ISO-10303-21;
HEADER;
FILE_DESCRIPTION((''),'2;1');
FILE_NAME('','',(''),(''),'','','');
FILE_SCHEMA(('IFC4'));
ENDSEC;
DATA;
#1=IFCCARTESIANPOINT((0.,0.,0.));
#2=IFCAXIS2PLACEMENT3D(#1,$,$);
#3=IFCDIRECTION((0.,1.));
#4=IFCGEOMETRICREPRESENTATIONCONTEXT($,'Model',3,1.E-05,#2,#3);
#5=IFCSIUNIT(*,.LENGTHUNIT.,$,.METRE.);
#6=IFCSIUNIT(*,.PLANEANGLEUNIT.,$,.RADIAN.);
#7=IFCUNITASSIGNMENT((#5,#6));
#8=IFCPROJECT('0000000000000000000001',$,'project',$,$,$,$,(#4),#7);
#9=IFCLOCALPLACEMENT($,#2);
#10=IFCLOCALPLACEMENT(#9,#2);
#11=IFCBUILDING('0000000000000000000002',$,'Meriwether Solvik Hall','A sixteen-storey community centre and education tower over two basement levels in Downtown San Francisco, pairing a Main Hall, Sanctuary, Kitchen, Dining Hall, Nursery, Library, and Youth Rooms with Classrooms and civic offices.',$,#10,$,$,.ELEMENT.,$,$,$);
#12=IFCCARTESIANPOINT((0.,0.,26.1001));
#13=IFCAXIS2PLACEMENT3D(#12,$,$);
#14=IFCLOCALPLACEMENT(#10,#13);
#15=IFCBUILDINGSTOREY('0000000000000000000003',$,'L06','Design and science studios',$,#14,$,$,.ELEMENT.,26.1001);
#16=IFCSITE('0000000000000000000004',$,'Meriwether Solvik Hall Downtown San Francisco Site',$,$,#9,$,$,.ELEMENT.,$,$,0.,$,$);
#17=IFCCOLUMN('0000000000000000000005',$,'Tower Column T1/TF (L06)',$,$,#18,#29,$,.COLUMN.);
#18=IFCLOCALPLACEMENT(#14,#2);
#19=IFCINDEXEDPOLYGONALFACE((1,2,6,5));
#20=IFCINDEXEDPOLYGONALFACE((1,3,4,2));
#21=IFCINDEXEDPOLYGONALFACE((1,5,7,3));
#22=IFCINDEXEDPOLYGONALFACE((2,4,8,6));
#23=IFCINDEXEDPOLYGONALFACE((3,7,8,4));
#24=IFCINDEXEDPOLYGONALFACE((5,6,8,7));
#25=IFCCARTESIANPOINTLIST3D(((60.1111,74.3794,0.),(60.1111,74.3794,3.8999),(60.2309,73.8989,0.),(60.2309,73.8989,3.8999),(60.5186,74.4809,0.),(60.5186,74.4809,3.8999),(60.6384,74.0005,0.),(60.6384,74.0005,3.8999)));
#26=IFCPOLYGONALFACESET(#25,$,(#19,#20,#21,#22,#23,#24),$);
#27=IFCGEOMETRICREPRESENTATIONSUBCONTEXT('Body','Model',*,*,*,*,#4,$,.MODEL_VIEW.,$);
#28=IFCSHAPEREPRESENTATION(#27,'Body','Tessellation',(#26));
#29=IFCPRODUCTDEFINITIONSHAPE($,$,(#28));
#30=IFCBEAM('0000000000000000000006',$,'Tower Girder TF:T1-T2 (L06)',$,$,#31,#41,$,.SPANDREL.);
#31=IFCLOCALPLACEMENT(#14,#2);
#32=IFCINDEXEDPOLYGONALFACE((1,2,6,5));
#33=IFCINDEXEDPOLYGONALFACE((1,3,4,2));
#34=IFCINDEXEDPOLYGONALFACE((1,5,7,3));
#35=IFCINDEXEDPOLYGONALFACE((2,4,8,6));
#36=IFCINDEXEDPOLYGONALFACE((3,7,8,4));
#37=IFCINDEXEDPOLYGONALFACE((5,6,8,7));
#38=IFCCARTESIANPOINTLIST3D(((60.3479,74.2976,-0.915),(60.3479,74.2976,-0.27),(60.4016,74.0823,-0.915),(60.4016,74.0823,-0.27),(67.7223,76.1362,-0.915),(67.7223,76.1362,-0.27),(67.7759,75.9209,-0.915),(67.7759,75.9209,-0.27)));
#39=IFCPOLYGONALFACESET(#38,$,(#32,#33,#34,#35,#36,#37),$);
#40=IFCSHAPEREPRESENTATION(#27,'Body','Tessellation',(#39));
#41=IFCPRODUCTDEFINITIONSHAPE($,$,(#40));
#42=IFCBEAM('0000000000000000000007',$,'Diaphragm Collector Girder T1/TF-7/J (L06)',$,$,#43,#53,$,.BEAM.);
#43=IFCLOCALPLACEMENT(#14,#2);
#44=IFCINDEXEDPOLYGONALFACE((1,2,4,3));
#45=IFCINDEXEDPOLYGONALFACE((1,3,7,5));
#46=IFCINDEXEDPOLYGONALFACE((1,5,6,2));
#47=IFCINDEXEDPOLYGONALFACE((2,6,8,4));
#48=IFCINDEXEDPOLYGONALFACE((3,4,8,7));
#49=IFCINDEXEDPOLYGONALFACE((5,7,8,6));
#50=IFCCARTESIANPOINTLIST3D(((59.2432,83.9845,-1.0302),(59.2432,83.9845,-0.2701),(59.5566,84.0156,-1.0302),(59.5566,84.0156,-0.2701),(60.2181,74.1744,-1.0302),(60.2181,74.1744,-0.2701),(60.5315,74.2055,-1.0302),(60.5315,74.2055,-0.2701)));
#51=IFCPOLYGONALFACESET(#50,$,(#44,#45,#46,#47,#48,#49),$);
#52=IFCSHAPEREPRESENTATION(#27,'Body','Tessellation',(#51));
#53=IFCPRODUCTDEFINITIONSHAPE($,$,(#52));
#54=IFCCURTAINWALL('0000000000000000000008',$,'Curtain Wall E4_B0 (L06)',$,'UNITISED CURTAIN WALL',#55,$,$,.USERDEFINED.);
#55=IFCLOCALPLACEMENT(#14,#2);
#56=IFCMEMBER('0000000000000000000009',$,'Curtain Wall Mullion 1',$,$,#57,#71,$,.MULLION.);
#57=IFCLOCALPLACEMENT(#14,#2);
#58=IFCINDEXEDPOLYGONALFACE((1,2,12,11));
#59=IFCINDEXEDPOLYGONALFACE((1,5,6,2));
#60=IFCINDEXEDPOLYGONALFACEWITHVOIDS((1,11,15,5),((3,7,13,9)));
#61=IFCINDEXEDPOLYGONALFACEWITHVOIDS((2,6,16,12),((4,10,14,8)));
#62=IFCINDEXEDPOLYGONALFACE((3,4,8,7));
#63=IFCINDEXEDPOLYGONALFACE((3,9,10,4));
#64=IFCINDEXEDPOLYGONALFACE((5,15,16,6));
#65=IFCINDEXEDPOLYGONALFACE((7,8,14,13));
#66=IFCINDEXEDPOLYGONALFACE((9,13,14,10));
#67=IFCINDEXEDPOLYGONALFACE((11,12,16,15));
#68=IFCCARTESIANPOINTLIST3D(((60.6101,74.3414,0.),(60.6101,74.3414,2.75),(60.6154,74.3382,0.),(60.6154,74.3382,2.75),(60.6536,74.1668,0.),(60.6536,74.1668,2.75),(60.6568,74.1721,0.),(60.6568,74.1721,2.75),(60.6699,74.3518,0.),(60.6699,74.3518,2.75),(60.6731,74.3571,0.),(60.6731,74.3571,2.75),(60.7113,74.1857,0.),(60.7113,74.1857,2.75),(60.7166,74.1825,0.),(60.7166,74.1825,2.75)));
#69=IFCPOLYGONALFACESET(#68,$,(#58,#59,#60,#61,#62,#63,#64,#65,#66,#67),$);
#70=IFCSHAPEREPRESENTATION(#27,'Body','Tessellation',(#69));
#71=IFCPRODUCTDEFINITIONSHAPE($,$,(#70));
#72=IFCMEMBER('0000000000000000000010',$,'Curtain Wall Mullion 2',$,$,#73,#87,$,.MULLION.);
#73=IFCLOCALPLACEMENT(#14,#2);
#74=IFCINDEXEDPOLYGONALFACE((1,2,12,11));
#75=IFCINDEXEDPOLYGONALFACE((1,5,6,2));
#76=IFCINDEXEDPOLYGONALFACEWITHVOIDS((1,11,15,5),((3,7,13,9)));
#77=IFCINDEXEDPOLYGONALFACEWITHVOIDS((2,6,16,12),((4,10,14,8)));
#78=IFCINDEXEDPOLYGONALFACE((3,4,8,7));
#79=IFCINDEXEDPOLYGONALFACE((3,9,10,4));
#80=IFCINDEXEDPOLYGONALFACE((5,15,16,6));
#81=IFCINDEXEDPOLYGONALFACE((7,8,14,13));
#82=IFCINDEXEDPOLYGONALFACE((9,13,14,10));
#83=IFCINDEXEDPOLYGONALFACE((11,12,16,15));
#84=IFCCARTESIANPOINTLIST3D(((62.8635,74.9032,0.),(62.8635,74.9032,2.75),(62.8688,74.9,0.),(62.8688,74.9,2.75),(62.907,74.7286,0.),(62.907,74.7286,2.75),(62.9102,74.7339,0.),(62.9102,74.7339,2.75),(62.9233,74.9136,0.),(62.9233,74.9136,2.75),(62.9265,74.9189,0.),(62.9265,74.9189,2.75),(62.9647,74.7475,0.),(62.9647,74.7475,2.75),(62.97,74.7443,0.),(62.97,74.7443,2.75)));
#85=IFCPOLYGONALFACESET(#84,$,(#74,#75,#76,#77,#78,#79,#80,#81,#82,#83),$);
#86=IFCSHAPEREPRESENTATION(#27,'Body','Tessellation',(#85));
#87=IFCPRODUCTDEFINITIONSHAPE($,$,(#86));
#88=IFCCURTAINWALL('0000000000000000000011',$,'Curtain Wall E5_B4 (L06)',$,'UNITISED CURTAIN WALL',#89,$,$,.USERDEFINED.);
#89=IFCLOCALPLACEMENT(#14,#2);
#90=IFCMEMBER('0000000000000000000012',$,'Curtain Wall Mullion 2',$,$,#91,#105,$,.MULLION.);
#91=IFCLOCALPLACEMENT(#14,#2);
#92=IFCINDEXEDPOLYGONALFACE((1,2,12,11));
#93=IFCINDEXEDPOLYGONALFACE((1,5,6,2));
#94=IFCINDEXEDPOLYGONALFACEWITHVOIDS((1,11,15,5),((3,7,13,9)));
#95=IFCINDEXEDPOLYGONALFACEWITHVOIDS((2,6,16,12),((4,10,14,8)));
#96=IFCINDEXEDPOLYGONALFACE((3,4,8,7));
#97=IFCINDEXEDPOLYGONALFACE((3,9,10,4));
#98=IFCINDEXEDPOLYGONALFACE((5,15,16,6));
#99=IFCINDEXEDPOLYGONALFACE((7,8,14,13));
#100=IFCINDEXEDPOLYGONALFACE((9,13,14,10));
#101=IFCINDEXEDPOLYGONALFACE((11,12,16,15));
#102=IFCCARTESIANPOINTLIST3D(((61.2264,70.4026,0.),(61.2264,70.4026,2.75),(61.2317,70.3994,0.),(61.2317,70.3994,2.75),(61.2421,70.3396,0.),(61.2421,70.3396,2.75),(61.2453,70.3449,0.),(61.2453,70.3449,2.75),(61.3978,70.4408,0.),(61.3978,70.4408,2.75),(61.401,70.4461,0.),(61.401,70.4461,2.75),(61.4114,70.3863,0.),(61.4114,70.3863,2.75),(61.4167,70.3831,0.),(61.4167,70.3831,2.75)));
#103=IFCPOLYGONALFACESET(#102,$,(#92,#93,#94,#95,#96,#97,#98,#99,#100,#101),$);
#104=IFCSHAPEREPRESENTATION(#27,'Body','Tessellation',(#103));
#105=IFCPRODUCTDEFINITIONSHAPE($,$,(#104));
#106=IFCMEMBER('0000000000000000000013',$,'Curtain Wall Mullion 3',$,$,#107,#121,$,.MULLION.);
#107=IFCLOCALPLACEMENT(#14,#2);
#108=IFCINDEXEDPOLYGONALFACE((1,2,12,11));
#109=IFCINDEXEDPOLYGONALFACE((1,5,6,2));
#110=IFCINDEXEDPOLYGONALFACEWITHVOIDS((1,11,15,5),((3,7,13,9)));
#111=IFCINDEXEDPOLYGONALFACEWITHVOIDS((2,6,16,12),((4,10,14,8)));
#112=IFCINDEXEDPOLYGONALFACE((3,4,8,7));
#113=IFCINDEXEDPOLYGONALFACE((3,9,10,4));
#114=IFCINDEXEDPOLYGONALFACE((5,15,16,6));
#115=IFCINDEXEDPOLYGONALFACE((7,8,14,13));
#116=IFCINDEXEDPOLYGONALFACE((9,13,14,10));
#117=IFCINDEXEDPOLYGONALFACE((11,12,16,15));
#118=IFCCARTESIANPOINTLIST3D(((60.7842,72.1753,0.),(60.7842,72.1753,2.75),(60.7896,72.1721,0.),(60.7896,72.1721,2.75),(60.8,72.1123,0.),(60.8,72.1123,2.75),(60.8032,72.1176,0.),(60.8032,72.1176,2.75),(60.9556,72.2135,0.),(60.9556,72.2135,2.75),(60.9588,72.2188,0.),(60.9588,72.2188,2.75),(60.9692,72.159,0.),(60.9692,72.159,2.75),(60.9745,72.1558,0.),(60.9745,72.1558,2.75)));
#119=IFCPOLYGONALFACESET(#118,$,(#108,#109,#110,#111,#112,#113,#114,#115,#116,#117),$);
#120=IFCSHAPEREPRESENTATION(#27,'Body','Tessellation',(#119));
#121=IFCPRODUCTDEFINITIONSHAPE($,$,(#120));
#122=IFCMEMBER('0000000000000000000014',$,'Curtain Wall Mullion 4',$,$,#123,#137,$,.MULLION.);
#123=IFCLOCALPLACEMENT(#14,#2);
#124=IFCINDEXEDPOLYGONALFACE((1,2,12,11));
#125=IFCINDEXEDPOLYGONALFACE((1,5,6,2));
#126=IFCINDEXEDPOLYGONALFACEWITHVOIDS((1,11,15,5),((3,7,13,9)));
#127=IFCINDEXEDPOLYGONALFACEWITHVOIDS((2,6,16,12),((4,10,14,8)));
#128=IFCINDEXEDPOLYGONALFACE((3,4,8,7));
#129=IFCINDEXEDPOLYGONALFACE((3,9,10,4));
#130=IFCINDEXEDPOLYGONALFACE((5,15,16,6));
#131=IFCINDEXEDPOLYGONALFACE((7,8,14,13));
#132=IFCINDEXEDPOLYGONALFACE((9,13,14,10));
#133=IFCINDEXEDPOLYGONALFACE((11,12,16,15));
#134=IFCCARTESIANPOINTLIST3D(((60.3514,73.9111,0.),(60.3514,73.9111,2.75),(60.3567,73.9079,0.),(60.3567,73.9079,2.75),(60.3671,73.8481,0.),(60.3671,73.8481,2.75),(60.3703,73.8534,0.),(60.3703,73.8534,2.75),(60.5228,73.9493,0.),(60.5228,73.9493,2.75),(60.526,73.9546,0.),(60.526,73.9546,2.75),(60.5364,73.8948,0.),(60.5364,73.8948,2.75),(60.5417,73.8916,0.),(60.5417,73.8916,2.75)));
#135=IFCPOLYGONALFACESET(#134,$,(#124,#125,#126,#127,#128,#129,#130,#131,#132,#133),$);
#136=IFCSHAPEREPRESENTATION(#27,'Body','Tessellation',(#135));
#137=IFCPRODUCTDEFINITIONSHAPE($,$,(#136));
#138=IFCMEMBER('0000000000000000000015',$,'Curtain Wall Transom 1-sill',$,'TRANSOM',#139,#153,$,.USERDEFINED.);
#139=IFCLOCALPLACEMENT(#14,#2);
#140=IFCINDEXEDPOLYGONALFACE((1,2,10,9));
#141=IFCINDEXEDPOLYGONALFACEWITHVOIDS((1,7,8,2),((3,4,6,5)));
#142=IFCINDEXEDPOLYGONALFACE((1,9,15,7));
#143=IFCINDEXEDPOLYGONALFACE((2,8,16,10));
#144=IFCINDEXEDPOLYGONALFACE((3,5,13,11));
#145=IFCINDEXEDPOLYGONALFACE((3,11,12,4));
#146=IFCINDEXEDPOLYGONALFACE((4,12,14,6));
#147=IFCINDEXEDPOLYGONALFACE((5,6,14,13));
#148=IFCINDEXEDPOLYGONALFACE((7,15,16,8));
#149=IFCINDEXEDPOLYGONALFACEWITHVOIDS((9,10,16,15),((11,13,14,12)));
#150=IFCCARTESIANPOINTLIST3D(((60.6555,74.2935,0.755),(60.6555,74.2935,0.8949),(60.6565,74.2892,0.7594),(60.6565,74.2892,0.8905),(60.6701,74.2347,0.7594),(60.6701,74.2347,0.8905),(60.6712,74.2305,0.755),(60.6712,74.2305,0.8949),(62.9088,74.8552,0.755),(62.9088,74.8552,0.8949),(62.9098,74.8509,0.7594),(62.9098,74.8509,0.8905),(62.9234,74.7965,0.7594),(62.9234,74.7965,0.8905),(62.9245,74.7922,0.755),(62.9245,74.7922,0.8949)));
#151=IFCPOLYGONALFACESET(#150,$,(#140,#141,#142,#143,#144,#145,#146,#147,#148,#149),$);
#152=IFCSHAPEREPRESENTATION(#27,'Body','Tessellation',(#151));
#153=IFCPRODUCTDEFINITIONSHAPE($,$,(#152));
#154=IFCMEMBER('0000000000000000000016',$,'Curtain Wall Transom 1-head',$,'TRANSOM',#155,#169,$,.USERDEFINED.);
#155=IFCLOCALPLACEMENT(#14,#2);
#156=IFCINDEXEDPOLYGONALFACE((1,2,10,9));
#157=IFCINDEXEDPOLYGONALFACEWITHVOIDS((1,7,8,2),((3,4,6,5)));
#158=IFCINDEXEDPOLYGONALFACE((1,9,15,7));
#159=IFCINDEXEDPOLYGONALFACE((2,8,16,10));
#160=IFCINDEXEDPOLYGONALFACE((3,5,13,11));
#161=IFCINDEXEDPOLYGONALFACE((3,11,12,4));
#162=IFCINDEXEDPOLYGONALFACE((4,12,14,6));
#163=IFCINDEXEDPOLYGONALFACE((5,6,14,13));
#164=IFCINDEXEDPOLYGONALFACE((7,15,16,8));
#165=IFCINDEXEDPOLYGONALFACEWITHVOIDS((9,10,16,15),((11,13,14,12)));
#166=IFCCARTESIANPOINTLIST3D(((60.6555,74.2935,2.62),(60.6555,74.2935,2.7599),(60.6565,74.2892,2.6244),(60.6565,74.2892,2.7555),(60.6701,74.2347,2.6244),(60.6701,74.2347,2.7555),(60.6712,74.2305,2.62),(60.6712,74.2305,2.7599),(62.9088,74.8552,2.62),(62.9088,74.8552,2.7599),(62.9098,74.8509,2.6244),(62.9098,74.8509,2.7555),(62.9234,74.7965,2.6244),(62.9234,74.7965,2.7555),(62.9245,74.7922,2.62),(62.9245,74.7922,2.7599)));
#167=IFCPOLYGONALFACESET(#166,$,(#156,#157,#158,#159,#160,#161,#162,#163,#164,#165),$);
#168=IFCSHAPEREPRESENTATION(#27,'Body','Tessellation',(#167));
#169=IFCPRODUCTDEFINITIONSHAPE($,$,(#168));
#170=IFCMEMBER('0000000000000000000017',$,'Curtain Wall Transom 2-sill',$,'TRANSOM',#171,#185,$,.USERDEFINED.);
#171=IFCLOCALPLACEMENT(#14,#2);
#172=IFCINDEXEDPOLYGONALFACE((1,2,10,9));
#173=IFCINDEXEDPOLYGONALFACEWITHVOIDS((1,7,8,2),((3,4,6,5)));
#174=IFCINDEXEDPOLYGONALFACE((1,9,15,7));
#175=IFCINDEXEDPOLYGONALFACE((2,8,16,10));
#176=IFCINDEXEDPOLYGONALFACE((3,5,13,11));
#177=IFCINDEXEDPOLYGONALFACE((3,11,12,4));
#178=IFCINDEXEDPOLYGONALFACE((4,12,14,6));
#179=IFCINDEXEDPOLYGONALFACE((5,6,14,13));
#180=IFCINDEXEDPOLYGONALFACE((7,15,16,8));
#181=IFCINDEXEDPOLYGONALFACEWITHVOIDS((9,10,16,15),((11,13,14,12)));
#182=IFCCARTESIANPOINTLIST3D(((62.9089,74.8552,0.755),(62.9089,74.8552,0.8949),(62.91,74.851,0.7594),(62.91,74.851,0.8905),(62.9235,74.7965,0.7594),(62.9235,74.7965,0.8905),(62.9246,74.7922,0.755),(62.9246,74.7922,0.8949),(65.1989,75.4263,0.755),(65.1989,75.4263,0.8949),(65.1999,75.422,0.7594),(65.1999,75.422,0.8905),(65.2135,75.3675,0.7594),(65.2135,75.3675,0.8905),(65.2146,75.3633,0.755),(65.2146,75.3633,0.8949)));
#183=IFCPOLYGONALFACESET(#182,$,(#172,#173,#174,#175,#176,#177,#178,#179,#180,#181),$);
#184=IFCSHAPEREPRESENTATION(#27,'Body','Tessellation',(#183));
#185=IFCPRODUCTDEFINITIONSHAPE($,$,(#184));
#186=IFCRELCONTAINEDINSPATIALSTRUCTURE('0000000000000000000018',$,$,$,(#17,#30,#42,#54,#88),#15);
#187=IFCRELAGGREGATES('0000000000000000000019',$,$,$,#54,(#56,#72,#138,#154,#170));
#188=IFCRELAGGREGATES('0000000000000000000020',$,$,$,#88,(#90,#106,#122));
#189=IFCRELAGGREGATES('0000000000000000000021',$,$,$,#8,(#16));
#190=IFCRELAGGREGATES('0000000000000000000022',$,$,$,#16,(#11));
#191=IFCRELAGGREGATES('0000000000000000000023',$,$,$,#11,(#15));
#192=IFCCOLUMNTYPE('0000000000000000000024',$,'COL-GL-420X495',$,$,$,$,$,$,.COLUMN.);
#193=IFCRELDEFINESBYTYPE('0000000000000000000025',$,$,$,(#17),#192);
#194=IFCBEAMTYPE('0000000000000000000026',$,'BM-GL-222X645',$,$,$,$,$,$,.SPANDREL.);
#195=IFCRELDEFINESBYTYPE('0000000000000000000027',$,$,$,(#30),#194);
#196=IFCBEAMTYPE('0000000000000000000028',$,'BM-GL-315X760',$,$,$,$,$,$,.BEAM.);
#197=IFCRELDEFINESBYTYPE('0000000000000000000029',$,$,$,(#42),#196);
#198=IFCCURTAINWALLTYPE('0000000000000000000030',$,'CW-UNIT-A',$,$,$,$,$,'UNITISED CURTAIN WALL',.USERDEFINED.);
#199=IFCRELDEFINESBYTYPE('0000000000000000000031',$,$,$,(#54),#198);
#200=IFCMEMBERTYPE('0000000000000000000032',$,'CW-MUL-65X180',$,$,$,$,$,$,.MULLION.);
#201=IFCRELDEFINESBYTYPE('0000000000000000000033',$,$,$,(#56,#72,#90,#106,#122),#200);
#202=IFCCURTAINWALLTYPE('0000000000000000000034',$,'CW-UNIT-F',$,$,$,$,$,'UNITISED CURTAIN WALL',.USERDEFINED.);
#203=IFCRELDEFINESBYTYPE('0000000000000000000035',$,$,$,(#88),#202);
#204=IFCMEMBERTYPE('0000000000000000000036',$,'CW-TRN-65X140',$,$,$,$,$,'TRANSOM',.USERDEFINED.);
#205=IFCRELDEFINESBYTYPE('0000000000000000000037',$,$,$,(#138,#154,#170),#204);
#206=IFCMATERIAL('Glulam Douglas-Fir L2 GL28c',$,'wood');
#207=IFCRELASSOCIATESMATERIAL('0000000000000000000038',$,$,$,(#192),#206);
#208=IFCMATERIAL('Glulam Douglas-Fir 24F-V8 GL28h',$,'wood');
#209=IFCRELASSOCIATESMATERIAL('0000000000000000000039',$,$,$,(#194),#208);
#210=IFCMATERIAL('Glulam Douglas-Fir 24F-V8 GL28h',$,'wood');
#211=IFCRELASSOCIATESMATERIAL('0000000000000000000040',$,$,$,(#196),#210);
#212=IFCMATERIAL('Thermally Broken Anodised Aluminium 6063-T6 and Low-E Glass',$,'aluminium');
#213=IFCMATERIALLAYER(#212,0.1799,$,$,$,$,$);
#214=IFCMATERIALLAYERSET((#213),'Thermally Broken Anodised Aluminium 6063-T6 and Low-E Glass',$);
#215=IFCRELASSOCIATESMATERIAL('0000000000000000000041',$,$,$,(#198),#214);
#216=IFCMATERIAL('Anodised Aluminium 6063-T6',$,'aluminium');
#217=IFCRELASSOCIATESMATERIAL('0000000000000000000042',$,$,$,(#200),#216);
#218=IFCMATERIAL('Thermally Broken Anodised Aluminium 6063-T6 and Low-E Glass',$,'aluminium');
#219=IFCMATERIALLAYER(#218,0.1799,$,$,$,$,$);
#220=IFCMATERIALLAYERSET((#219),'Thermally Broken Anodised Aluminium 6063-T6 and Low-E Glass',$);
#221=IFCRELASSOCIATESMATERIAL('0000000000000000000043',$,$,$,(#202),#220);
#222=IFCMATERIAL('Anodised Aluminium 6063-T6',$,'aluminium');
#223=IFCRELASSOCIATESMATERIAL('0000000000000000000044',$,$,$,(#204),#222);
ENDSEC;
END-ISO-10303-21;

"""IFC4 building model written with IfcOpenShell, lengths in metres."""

from ifc_helpers import new_model, si_unit, direction, frame, origin, origin_2d, place, context, subcontext, project, spatial, rectangle, hollow_rectangle, extrude, material, layer, layer_set, material_profile, profile_set, type_object, element, aggregate, save


model = new_model("IFC4")

# Units and contexts
model_context = context("Model", 3, precision=1e-05, world=origin(), true_north=direction((0.0, 1.0)))
body_context = subcontext(model_context, "Body", "Model", "MODEL_VIEW")
ifc_project = project(units=[si_unit("LENGTHUNIT", "METRE"), si_unit("PLANEANGLEUNIT", "RADIAN")], contexts=[model_context])

# Site, building, storey
site_placement = place(None, origin())
site = spatial("IfcSite", under=ifc_project, at=site_placement, Name="Meriwether Solvik Hall Downtown San Francisco Site", CompositionType="ELEMENT", RefElevation=0.0)
building_placement = place(site_placement, origin())
building = spatial("IfcBuilding", under=site, at=building_placement, Name="Meriwether Solvik Hall", Description="A sixteen-storey community centre and education tower over two basement levels in Downtown San Francisco, pairing a Main Hall, Sanctuary, Kitchen, Dining Hall, Nursery, Library, and Youth Rooms with Classrooms and civic offices.", CompositionType="ELEMENT")
storey_placement = place(building_placement, frame((0.0, 0.0, 26.1001)))
storey = spatial("IfcBuildingStorey", under=building, at=storey_placement, Name="L06", Description="Design and science studios", CompositionType="ELEMENT", Elevation=26.1001)

# Column
ifc_material_1 = material(Name="Glulam Douglas-Fir L2 GL28c", Category="wood")
ifc_material_profile_1 = material_profile(ifc_material_1, rectangle(XDim=0.4199, YDim=0.4951, at=origin_2d()), Name="GLC-420X495")
ifc_profile_set_1 = profile_set([ifc_material_profile_1], Name="Glulam Douglas-Fir L2 GL28c")
column_type = type_object("IfcColumnType", Name="COL-GL-420X495", PredefinedType="COLUMN", material=ifc_profile_set_1)
column_placement = place(storey_placement, frame((60.3748, 74.1899, 0.0), z_axis=(0.0, 0.0, 1.0), x_axis=(0.970296, 0.241922, 0.0)))
element("IfcColumn", 1, at=column_placement, inside=storey, type_object=column_type, Name="Tower Column T1/TF (L06)", PredefinedType="COLUMN", context=body_context, shape_type="SweptSolid", body=[
    extrude(rectangle(XDim=0.4199, YDim=0.4951, at=origin_2d()), origin(), (0.0, 0.0, 1.0), 3.8999),
])

# Beams
ifc_material_2 = material(Name="Glulam Douglas-Fir 24F-V8 GL28h", Category="wood")
ifc_material_profile_2 = material_profile(ifc_material_2, rectangle(XDim=0.2219, YDim=0.645, at=origin_2d()), Name="GLB-222X645")
ifc_profile_set_2 = profile_set([ifc_material_profile_2], Name="Glulam Douglas-Fir 24F-V8 GL28h")
beam_type_1 = type_object("IfcBeamType", Name="BM-GL-222X645", PredefinedType="SPANDREL", material=ifc_profile_set_2)
beam_1_placement = place(storey_placement, frame((60.3748, 74.1899, -0.5925), z_axis=(0.970295, 0.241923, 0.0), x_axis=(-0.241923, 0.970295, 0.0)))
element("IfcBeam", 2, at=beam_1_placement, inside=storey, type_object=beam_type_1, Name="Tower Girder TF:T1-T2 (L06)", PredefinedType="SPANDREL", context=body_context, shape_type="SweptSolid", body=[
    extrude(rectangle(XDim=0.2219, YDim=0.645, at=origin_2d()), origin(), (0.0, 0.0, 1.0), 7.6001),
])
ifc_material_3 = material(Name="Glulam Douglas-Fir 24F-V8 GL28h", Category="wood")
ifc_material_profile_3 = material_profile(ifc_material_3, rectangle(XDim=0.3149, YDim=0.76, at=origin_2d()), Name="GLB-315X760")
ifc_profile_set_3 = profile_set([ifc_material_profile_3], Name="Glulam Douglas-Fir 24F-V8 GL28h")
beam_type_2 = type_object("IfcBeamType", Name="BM-GL-315X760", PredefinedType="BEAM", material=ifc_profile_set_3)
beam_2_placement = place(storey_placement, frame((60.3748, 74.1899, -0.6501), z_axis=(-0.098886, 0.995099, 0.0), x_axis=(-0.995099, -0.098886, 0.0)))
element("IfcBeam", 3, at=beam_2_placement, inside=storey, type_object=beam_type_2, Name="Diaphragm Collector Girder T1/TF-7/J (L06)", PredefinedType="BEAM", context=body_context, shape_type="SweptSolid", body=[
    extrude(rectangle(XDim=0.3149, YDim=0.76, at=origin_2d()), origin(), (0.0, 0.0, 1.0), 9.8584),
])

# Curtain walls, members
ifc_material_4 = material(Name="Thermally Broken Anodised Aluminium 6063-T6 and Low-E Glass", Category="aluminium")
ifc_layer_1 = layer(ifc_material_4, 0.1799)
ifc_layer_set_1 = layer_set([ifc_layer_1], Name="Thermally Broken Anodised Aluminium 6063-T6 and Low-E Glass")
curtain_wall_type_1 = type_object("IfcCurtainWallType", Name="CW-UNIT-A", ElementType="UNITISED CURTAIN WALL", PredefinedType="USERDEFINED", material=ifc_layer_set_1)
curtain_wall_1_placement = place(storey_placement, origin())
curtain_wall_1 = element("IfcCurtainWall", 4, at=curtain_wall_1_placement, inside=storey, type_object=curtain_wall_type_1, Name="Curtain Wall E4_B0 (L06)", ObjectType="UNITISED CURTAIN WALL", PredefinedType="USERDEFINED")
ifc_material_5 = material(Name="Anodised Aluminium 6063-T6", Category="aluminium")
ifc_material_profile_4 = material_profile(ifc_material_5, hollow_rectangle(XDim=0.0649, YDim=0.1799, WallThickness=0.0044, at=origin_2d()), Name="CWM-65X180")
ifc_profile_set_4 = profile_set([ifc_material_profile_4], Name="Anodised Aluminium 6063-T6")
member_type_1 = type_object("IfcMemberType", Name="CW-MUL-65X180", PredefinedType="MULLION", material=ifc_profile_set_4)
member_1_placement = place(storey_placement, frame((60.6633, 74.262, 0.0), z_axis=(0.0, 0.0, 1.0), x_axis=(0.970296, 0.241922, 0.0)))
member_1 = element("IfcMember", 5, at=member_1_placement, type_object=member_type_1, Name="Curtain Wall Mullion 1", PredefinedType="MULLION", context=body_context, shape_type="SweptSolid", body=[
    extrude(hollow_rectangle(XDim=0.0649, YDim=0.1799, WallThickness=0.0044, at=origin_2d()), origin(), (0.0, 0.0, 1.0), 2.75),
])
member_2_placement = place(storey_placement, frame((62.9167, 74.8237, 0.0), z_axis=(0.0, 0.0, 1.0), x_axis=(0.970296, 0.241922, 0.0)))
member_2 = element("IfcMember", 6, at=member_2_placement, type_object=member_type_1, Name="Curtain Wall Mullion 2", PredefinedType="MULLION", context=body_context, shape_type="SweptSolid", body=[
    extrude(hollow_rectangle(XDim=0.0649, YDim=0.1799, WallThickness=0.0044, at=origin_2d()), origin(), (0.0, 0.0, 1.0), 2.75),
])
ifc_material_6 = material(Name="Thermally Broken Anodised Aluminium 6063-T6 and Low-E Glass", Category="aluminium")
ifc_layer_2 = layer(ifc_material_6, 0.1799)
ifc_layer_set_2 = layer_set([ifc_layer_2], Name="Thermally Broken Anodised Aluminium 6063-T6 and Low-E Glass")
curtain_wall_type_2 = type_object("IfcCurtainWallType", Name="CW-UNIT-F", ElementType="UNITISED CURTAIN WALL", PredefinedType="USERDEFINED", material=ifc_layer_set_2)
curtain_wall_2_placement = place(storey_placement, origin())
curtain_wall_2 = element("IfcCurtainWall", 7, at=curtain_wall_2_placement, inside=storey, type_object=curtain_wall_type_2, Name="Curtain Wall E5_B4 (L06)", ObjectType="UNITISED CURTAIN WALL", PredefinedType="USERDEFINED")
member_3_placement = place(storey_placement, frame((61.3215, 70.3928, 0.0), z_axis=(0.0, 0.0, 1.0), x_axis=(-0.241922, 0.970296, 0.0)))
member_3 = element("IfcMember", 8, at=member_3_placement, type_object=member_type_1, Name="Curtain Wall Mullion 2", PredefinedType="MULLION", context=body_context, shape_type="SweptSolid", body=[
    extrude(hollow_rectangle(XDim=0.0649, YDim=0.1799, WallThickness=0.0044, at=origin_2d()), origin(), (0.0, 0.0, 1.0), 2.75),
])
member_4_placement = place(storey_placement, frame((60.8794, 72.1655, 0.0), z_axis=(0.0, 0.0, 1.0), x_axis=(-0.241922, 0.970296, 0.0)))
member_4 = element("IfcMember", 9, at=member_4_placement, type_object=member_type_1, Name="Curtain Wall Mullion 3", PredefinedType="MULLION", context=body_context, shape_type="SweptSolid", body=[
    extrude(hollow_rectangle(XDim=0.0649, YDim=0.1799, WallThickness=0.0044, at=origin_2d()), origin(), (0.0, 0.0, 1.0), 2.75),
])
member_5_placement = place(storey_placement, frame((60.4465, 73.9014, 0.0), z_axis=(0.0, 0.0, 1.0), x_axis=(-0.241922, 0.970296, 0.0)))
member_5 = element("IfcMember", 10, at=member_5_placement, type_object=member_type_1, Name="Curtain Wall Mullion 4", PredefinedType="MULLION", context=body_context, shape_type="SweptSolid", body=[
    extrude(hollow_rectangle(XDim=0.0649, YDim=0.1799, WallThickness=0.0044, at=origin_2d()), origin(), (0.0, 0.0, 1.0), 2.75),
])

# Members
ifc_material_7 = material(Name="Anodised Aluminium 6063-T6", Category="aluminium")
ifc_material_profile_5 = material_profile(ifc_material_7, hollow_rectangle(XDim=0.0649, YDim=0.1399, WallThickness=0.0044, at=origin_2d()), Name="CWT-65X140")
ifc_profile_set_5 = profile_set([ifc_material_profile_5], Name="Anodised Aluminium 6063-T6")
member_type_2 = type_object("IfcMemberType", Name="CW-TRN-65X140", ElementType="TRANSOM", PredefinedType="USERDEFINED", material=ifc_profile_set_5)
member_6_placement = place(storey_placement, frame((60.6633, 74.262, 0.825), z_axis=(0.970303, 0.241892, 0.0), x_axis=(-0.241892, 0.970303, 0.0)))
member_6 = element("IfcMember", 11, at=member_6_placement, type_object=member_type_2, Name="Curtain Wall Transom 1-sill", ObjectType="TRANSOM", PredefinedType="USERDEFINED", context=body_context, shape_type="SweptSolid", body=[
    extrude(hollow_rectangle(XDim=0.0649, YDim=0.1399, WallThickness=0.0044, at=origin_2d()), origin(), (0.0, 0.0, 1.0), 2.3223),
])
member_7_placement = place(storey_placement, frame((60.6633, 74.262, 2.6899), z_axis=(0.970303, 0.241892, 0.0), x_axis=(-0.241892, 0.970303, 0.0)))
member_7 = element("IfcMember", 12, at=member_7_placement, type_object=member_type_2, Name="Curtain Wall Transom 1-head", ObjectType="TRANSOM", PredefinedType="USERDEFINED", context=body_context, shape_type="SweptSolid", body=[
    extrude(hollow_rectangle(XDim=0.0649, YDim=0.1399, WallThickness=0.0044, at=origin_2d()), origin(), (0.0, 0.0, 1.0), 2.3223),
])
member_8_placement = place(storey_placement, frame((62.9167, 74.8237, 0.825), z_axis=(0.970288, 0.241951, 0.0), x_axis=(-0.241951, 0.970288, 0.0)))
member_8 = element("IfcMember", 13, at=member_8_placement, type_object=member_type_2, Name="Curtain Wall Transom 2-sill", ObjectType="TRANSOM", PredefinedType="USERDEFINED", context=body_context, shape_type="SweptSolid", body=[
    extrude(hollow_rectangle(XDim=0.0649, YDim=0.1399, WallThickness=0.0044, at=origin_2d()), origin(), (0.0, 0.0, 1.0), 2.3601),
])

aggregate(curtain_wall_1, [member_1, member_2, member_6, member_7, member_8])
aggregate(curtain_wall_2, [member_3, member_4, member_5])

save(model, "model.ifc")
